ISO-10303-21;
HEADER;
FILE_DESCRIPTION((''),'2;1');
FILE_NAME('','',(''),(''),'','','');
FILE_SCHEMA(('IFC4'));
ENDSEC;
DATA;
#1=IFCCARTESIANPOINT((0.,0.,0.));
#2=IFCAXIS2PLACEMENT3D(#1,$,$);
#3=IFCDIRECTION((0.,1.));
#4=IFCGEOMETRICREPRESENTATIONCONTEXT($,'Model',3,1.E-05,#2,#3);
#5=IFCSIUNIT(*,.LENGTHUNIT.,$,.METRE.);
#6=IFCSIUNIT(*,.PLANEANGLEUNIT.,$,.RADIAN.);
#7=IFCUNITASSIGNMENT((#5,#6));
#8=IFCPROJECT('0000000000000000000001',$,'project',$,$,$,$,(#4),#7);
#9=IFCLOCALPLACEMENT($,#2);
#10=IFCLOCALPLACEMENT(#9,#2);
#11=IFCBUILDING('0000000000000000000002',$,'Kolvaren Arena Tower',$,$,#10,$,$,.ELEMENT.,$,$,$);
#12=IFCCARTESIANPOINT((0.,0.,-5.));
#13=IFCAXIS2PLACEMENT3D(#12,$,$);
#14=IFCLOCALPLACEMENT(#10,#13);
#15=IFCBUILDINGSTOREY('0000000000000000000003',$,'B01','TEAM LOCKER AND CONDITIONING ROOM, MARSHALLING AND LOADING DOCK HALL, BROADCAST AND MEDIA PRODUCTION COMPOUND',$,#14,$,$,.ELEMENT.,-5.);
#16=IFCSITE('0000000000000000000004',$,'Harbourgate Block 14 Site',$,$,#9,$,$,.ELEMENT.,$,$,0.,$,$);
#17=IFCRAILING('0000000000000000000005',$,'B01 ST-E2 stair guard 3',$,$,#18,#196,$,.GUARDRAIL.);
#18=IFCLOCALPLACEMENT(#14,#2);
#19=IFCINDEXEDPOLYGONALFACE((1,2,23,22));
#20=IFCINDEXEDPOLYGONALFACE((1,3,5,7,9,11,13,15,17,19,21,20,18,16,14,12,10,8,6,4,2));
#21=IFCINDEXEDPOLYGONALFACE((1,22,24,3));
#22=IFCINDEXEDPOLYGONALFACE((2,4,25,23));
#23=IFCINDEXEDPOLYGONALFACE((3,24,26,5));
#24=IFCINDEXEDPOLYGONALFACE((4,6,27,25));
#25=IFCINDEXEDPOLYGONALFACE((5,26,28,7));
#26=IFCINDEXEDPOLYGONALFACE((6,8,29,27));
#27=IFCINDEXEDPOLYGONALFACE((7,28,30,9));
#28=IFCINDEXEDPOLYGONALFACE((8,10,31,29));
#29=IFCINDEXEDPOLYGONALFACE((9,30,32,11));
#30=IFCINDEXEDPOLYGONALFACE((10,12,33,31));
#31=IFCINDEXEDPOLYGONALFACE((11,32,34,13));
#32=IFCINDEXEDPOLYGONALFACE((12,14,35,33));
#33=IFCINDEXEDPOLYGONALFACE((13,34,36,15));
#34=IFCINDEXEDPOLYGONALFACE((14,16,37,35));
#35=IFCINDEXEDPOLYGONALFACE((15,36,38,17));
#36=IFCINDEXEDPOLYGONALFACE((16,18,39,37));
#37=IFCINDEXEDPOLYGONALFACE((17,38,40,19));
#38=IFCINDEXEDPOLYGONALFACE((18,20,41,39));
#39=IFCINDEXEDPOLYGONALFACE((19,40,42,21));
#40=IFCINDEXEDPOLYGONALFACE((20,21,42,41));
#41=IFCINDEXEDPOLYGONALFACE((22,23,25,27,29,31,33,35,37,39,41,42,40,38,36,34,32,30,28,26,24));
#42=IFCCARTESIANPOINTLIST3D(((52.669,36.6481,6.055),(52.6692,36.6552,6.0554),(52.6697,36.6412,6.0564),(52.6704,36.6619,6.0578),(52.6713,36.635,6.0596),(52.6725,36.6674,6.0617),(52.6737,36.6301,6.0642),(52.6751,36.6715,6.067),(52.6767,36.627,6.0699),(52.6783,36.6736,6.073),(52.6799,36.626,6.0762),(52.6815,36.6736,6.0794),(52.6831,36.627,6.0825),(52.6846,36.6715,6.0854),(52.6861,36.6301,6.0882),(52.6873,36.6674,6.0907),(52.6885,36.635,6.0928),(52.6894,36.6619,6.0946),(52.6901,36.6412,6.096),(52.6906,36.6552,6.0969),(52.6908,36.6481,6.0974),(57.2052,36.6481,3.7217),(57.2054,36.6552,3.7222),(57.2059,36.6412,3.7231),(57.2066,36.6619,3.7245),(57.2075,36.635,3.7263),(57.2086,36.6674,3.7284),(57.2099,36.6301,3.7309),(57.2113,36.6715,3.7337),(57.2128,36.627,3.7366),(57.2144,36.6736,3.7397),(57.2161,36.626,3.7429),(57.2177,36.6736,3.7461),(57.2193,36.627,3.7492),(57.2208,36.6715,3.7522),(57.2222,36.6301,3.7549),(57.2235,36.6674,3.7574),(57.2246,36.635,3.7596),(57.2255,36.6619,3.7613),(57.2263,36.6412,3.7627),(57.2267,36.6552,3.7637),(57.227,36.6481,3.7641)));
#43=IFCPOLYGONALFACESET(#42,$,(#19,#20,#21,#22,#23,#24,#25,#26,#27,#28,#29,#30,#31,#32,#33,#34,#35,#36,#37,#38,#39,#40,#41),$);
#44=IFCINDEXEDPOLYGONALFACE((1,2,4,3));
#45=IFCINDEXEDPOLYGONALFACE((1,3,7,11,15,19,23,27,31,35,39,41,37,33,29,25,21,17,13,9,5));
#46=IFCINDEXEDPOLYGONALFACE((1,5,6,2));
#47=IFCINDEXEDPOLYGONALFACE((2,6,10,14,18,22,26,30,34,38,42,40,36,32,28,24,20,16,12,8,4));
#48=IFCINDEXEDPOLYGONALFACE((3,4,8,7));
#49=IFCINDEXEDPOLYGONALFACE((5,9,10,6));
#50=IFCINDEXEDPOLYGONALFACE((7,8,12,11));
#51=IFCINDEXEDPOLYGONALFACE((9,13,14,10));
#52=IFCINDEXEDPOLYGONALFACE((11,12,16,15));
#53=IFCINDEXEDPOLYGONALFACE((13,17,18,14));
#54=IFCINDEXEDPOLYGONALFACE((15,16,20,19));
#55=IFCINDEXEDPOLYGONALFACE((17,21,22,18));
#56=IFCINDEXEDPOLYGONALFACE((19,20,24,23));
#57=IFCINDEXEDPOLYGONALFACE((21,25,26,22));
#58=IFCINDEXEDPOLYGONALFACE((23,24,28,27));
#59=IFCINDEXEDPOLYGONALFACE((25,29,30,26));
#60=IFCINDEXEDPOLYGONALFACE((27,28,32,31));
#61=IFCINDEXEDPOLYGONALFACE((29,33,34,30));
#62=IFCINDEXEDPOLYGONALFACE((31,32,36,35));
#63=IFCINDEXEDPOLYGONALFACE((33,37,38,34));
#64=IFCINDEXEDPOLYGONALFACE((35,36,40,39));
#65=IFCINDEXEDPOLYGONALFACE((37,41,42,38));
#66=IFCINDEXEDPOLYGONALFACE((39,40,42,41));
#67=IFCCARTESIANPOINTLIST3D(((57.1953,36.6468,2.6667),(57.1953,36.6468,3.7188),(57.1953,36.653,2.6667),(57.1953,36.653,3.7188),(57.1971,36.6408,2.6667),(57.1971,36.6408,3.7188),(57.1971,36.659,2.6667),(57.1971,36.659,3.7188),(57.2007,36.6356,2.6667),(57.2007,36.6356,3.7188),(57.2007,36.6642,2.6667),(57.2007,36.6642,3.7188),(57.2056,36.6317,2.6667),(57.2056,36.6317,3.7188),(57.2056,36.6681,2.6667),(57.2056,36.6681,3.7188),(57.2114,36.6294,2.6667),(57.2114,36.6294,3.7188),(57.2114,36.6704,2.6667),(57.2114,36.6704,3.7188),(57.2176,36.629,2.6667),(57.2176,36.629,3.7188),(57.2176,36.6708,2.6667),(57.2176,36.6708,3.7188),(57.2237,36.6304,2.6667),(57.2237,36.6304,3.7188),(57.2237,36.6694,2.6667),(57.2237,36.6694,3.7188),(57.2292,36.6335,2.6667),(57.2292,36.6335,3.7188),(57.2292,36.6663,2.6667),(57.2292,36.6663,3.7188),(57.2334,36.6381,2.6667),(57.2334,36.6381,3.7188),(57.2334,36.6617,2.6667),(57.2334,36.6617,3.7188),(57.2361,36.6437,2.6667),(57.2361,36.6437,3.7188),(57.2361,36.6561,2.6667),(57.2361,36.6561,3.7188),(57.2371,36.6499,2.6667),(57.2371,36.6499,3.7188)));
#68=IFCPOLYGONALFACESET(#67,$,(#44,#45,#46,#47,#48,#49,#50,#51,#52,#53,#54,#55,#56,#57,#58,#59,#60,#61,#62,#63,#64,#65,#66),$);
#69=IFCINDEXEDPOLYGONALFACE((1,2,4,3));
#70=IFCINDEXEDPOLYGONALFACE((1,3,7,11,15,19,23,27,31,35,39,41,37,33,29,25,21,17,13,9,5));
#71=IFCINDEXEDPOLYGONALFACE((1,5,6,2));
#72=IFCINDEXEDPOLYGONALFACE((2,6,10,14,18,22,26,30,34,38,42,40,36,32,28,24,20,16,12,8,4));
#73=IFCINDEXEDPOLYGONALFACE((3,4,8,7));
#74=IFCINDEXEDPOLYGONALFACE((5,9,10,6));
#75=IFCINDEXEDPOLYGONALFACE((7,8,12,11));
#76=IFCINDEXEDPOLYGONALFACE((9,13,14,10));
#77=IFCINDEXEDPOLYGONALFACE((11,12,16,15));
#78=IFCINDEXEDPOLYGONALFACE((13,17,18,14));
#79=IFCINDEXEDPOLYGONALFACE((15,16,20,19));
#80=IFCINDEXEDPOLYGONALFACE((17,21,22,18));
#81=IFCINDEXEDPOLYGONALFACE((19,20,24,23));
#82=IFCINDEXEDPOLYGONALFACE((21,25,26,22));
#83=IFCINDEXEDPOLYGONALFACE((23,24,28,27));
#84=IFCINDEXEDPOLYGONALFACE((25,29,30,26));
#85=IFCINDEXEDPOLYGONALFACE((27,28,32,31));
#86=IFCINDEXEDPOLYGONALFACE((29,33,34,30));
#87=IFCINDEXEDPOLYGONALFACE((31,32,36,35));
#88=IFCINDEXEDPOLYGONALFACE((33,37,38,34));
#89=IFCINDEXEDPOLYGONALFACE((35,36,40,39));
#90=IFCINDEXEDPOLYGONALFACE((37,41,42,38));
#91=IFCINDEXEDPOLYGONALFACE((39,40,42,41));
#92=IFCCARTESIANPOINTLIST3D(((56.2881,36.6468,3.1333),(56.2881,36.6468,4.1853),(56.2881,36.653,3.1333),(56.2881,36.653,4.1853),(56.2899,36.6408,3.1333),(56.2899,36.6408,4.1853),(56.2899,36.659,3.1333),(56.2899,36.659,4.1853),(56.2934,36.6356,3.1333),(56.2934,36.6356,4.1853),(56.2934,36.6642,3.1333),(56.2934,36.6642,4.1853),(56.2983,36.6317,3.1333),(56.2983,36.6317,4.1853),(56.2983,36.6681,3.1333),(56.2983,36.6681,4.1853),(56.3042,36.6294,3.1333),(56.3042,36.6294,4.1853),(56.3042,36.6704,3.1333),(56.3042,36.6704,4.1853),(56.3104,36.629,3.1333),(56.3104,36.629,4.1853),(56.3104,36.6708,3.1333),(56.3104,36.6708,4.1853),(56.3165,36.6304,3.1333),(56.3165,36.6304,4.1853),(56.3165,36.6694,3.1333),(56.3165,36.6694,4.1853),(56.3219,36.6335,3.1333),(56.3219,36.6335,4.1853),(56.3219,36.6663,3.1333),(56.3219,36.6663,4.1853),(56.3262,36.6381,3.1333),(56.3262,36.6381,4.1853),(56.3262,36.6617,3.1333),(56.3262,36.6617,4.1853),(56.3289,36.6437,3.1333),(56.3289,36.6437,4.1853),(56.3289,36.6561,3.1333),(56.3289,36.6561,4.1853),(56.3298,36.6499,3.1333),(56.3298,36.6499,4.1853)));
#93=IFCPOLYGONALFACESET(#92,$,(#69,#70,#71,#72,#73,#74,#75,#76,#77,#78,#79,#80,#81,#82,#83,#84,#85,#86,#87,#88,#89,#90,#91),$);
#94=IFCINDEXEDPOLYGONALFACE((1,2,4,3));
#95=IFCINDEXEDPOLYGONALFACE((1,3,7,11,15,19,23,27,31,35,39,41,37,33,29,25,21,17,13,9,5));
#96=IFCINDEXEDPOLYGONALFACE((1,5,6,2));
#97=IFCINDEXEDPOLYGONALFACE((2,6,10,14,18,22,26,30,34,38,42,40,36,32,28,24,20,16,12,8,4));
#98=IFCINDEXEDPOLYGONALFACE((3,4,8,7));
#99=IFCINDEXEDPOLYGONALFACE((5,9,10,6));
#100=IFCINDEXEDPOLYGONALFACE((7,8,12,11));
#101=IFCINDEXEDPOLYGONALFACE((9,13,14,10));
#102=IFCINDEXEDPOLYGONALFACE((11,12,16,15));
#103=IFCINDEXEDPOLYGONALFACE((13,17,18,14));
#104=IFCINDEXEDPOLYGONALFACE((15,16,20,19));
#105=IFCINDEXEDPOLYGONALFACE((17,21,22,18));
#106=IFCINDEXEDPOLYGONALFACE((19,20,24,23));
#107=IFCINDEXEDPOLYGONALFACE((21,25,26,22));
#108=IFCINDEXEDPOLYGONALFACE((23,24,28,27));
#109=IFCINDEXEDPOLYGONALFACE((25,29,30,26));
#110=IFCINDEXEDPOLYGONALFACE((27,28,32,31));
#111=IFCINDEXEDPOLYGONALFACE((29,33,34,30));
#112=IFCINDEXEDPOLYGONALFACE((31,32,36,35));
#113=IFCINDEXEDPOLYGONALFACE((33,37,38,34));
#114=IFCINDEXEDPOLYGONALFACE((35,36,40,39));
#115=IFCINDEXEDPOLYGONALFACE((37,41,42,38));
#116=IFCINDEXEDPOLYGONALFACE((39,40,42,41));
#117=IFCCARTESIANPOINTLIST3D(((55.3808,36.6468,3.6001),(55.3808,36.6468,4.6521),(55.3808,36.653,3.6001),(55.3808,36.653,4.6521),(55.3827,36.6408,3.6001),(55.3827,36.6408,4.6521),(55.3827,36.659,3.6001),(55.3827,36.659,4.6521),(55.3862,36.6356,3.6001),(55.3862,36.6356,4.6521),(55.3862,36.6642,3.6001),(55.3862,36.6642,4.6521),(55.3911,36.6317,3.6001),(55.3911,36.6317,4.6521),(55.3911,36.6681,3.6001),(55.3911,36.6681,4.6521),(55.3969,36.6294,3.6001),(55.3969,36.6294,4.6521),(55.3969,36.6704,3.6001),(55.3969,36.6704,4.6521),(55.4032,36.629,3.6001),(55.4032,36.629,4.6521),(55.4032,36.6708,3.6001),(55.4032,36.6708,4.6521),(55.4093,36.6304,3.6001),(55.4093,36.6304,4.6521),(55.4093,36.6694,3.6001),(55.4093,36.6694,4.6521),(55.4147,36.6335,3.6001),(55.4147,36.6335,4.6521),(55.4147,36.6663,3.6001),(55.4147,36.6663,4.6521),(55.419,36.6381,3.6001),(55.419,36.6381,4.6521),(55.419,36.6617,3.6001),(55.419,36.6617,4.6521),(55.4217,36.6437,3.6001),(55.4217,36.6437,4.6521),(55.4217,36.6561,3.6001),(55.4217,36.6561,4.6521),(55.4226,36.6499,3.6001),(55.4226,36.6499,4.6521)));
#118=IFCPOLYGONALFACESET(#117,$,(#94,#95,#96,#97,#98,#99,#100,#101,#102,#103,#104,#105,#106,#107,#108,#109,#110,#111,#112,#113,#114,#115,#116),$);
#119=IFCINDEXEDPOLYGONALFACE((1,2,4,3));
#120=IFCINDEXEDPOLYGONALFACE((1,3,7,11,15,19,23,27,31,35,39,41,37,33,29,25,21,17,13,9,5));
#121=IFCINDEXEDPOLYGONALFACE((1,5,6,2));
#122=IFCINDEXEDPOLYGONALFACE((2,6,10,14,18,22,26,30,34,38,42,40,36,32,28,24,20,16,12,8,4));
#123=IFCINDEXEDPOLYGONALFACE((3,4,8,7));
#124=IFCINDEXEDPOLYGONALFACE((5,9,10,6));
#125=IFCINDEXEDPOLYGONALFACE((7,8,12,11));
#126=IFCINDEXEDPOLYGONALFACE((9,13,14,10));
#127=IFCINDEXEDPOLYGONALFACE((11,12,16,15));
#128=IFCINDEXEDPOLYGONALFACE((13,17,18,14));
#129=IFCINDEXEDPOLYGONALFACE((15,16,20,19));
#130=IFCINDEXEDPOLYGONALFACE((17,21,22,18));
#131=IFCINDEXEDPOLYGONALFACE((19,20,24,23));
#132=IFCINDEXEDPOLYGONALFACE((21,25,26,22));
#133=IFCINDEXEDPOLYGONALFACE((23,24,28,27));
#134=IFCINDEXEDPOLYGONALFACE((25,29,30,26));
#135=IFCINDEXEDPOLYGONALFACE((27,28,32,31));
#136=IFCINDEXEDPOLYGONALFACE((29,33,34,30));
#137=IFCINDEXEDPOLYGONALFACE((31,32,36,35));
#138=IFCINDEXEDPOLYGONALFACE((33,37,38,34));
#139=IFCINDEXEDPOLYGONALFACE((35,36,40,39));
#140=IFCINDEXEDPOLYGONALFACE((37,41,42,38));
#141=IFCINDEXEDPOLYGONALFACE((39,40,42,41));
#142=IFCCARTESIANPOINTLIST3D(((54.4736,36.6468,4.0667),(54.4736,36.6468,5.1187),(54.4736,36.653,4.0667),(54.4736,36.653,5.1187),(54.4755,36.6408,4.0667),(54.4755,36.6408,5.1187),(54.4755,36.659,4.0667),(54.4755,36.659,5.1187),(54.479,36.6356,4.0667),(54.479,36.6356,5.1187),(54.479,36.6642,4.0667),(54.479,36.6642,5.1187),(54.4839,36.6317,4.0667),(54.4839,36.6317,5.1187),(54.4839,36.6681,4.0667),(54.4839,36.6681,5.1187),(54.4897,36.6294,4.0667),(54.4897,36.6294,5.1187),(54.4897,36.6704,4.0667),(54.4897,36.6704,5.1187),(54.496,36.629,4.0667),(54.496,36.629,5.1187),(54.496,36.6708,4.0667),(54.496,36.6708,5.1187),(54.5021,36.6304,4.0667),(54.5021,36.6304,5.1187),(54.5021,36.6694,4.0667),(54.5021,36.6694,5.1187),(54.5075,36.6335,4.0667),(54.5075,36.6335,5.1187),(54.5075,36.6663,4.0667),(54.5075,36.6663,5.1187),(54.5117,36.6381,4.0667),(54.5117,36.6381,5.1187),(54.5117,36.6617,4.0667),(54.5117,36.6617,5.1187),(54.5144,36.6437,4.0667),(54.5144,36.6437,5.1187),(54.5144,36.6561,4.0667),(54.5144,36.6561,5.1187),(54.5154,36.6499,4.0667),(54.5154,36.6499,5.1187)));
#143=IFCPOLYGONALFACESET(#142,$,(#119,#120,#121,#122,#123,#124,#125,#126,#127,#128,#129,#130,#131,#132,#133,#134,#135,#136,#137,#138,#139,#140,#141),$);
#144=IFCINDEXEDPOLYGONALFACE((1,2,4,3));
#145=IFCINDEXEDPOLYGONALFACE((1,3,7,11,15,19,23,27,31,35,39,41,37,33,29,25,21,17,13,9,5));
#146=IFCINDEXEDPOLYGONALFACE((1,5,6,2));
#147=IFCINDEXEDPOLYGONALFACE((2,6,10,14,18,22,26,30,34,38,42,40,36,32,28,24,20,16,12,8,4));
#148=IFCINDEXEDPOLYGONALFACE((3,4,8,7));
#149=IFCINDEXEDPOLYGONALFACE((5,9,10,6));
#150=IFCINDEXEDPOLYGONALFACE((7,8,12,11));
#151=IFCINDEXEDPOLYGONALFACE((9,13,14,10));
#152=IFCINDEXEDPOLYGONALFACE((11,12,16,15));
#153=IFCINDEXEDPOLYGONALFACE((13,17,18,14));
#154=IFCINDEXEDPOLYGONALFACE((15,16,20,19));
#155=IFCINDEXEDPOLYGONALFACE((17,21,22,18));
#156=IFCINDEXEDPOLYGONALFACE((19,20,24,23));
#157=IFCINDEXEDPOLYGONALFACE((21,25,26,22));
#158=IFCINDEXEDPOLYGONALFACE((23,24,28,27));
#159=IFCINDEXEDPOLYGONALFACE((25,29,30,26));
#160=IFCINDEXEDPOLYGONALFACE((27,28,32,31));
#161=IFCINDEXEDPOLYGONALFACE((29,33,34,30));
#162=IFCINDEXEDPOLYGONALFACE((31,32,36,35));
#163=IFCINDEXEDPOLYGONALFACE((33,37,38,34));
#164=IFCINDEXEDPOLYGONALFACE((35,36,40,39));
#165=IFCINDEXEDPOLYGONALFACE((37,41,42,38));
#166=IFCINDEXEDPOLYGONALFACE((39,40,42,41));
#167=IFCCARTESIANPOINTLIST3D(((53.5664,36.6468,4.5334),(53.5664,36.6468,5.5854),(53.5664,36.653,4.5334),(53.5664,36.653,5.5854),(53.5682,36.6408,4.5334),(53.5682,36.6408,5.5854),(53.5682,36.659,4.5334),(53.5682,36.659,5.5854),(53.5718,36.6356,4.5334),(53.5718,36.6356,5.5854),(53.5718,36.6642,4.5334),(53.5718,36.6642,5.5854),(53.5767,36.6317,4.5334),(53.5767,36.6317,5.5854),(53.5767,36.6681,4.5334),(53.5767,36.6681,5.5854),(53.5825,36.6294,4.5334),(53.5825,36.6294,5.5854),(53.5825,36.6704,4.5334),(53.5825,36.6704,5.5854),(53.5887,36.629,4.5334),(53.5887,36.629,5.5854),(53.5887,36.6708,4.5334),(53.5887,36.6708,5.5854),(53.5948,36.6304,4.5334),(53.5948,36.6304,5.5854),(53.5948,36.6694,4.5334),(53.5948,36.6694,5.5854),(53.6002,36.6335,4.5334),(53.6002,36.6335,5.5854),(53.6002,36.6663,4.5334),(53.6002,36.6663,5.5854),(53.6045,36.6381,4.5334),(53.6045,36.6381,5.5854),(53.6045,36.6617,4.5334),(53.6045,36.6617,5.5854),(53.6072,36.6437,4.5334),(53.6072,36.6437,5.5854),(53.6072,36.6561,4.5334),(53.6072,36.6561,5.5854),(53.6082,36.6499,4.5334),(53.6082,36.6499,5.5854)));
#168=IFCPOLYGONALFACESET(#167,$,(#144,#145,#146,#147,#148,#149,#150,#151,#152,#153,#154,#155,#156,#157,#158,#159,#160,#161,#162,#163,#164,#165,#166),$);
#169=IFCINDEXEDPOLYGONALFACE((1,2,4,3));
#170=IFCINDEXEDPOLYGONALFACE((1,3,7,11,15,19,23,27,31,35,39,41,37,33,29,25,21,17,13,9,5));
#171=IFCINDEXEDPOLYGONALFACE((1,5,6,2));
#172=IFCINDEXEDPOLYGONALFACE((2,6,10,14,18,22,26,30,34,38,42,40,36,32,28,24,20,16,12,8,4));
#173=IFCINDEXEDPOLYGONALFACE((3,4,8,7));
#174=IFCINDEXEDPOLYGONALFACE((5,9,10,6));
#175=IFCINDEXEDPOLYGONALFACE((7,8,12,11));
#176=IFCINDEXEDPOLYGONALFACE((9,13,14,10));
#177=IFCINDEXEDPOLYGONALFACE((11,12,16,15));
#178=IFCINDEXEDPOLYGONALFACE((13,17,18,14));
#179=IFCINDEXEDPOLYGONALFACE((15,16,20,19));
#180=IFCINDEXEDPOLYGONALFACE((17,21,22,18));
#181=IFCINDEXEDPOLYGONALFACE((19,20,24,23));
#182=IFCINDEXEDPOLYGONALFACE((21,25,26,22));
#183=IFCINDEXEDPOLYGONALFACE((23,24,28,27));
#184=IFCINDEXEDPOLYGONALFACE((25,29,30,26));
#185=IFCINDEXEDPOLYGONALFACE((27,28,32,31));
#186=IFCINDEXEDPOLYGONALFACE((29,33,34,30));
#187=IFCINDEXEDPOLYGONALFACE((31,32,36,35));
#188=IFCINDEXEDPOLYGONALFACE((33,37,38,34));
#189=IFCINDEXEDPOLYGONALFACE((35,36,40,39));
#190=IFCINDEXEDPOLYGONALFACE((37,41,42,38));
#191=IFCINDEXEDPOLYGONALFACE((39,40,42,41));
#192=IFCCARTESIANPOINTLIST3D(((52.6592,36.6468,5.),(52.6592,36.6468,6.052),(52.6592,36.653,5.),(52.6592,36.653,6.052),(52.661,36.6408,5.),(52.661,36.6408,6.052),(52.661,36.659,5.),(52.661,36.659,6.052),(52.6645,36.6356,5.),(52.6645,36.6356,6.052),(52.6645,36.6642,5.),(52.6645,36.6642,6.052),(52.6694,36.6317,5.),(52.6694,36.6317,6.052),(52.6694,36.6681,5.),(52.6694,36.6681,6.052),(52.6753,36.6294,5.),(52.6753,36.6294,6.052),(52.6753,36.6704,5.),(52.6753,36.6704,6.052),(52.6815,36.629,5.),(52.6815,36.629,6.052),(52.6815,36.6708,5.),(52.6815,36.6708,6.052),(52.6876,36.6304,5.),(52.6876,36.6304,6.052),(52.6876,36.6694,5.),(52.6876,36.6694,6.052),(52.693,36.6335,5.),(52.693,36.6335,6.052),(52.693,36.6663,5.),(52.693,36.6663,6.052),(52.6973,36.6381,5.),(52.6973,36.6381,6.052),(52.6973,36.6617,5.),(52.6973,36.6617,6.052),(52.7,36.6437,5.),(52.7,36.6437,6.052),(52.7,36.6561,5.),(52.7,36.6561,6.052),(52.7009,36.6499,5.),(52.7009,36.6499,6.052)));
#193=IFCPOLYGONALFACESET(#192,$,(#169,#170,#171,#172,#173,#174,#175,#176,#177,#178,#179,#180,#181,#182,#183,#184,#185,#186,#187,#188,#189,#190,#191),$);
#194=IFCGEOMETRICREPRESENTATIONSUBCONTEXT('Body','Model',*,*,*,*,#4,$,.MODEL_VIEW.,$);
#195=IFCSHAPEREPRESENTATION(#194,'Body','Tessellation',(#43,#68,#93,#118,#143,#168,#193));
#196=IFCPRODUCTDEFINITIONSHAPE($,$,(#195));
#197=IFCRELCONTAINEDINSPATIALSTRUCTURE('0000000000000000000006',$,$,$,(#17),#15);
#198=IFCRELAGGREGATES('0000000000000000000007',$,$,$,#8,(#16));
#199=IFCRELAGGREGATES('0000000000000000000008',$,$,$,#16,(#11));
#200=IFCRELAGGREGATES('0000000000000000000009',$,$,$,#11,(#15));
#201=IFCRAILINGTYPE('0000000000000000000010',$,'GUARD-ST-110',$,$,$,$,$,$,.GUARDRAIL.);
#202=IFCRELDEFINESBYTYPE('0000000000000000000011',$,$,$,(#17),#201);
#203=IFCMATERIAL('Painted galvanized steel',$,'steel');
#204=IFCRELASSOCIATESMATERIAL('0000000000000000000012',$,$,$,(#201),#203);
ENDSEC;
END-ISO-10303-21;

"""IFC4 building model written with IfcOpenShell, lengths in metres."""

from ifc_helpers import new_model, si_unit, direction, frame, origin, origin_2d, place, context, subcontext, project, spatial, circle, extrude, material, type_object, element, save


model = new_model("IFC4")

# Units and contexts
model_context = context("Model", 3, precision=1e-05, world=origin(), true_north=direction((0.0, 1.0)))
body_context = subcontext(model_context, "Body", "Model", "MODEL_VIEW")
ifc_project = project(units=[si_unit("LENGTHUNIT", "METRE"), si_unit("PLANEANGLEUNIT", "RADIAN")], contexts=[model_context])

# Site, building, storey
site_placement = place(None, origin())
site = spatial("IfcSite", under=ifc_project, at=site_placement, Name="Harbourgate Block 14 Site", CompositionType="ELEMENT", RefElevation=0.0)
building_placement = place(site_placement, origin())
building = spatial("IfcBuilding", under=site, at=building_placement, Name="Kolvaren Arena Tower", CompositionType="ELEMENT")
storey_placement = place(building_placement, frame((0.0, 0.0, -5.0)))
storey = spatial("IfcBuildingStorey", under=building, at=storey_placement, Name="B01", Description="TEAM LOCKER AND CONDITIONING ROOM, MARSHALLING AND LOADING DOCK HALL, BROADCAST AND MEDIA PRODUCTION COMPOUND", CompositionType="ELEMENT", Elevation=-5.0)

# Railing
ifc_material_1 = material(Name="Painted galvanized steel", Category="steel")
railing_type_1 = type_object("IfcRailingType", Name="GUARD-ST-110", PredefinedType="GUARDRAIL", material=ifc_material_1)
railing_1_placement = place(storey_placement, frame((57.2161, 36.6499, 2.6667)))
element("IfcRailing", 1, at=railing_1_placement, inside=storey, type_object=railing_type_1, Name="B01 ST-E2 stair guard 3", PredefinedType="GUARDRAIL", context=body_context, shape_type="SweptSolid", body=[
    extrude(circle(Radius=0.0239, at=origin_2d()), frame((0.0, 0.0, 1.0762), z_axis=(-0.889257, 0.0, 0.457407), x_axis=(0.0, -1.0, 0.0)), (0.0, 0.0, 1.0), 5.1011),
    extrude(circle(Radius=0.021, at=origin_2d()), origin(), (0.0, 0.0, 1.0), 1.052),
    extrude(circle(Radius=0.021, at=origin_2d()), frame((-0.9072, 0.0, 0.4666)), (0.0, 0.0, 1.0), 1.052),
    extrude(circle(Radius=0.021, at=origin_2d()), frame((-1.8145, 0.0, 0.9333)), (0.0, 0.0, 1.0), 1.052),
    extrude(circle(Radius=0.021, at=origin_2d()), frame((-2.7217, 0.0, 1.3999)), (0.0, 0.0, 1.0), 1.052),
    extrude(circle(Radius=0.021, at=origin_2d()), frame((-3.6289, 0.0, 1.8667)), (0.0, 0.0, 1.0), 1.052),
    extrude(circle(Radius=0.021, at=origin_2d()), frame((-4.5361, 0.0, 2.3333)), (0.0, 0.0, 1.0), 1.052),
])

save(model, "model.ifc")
